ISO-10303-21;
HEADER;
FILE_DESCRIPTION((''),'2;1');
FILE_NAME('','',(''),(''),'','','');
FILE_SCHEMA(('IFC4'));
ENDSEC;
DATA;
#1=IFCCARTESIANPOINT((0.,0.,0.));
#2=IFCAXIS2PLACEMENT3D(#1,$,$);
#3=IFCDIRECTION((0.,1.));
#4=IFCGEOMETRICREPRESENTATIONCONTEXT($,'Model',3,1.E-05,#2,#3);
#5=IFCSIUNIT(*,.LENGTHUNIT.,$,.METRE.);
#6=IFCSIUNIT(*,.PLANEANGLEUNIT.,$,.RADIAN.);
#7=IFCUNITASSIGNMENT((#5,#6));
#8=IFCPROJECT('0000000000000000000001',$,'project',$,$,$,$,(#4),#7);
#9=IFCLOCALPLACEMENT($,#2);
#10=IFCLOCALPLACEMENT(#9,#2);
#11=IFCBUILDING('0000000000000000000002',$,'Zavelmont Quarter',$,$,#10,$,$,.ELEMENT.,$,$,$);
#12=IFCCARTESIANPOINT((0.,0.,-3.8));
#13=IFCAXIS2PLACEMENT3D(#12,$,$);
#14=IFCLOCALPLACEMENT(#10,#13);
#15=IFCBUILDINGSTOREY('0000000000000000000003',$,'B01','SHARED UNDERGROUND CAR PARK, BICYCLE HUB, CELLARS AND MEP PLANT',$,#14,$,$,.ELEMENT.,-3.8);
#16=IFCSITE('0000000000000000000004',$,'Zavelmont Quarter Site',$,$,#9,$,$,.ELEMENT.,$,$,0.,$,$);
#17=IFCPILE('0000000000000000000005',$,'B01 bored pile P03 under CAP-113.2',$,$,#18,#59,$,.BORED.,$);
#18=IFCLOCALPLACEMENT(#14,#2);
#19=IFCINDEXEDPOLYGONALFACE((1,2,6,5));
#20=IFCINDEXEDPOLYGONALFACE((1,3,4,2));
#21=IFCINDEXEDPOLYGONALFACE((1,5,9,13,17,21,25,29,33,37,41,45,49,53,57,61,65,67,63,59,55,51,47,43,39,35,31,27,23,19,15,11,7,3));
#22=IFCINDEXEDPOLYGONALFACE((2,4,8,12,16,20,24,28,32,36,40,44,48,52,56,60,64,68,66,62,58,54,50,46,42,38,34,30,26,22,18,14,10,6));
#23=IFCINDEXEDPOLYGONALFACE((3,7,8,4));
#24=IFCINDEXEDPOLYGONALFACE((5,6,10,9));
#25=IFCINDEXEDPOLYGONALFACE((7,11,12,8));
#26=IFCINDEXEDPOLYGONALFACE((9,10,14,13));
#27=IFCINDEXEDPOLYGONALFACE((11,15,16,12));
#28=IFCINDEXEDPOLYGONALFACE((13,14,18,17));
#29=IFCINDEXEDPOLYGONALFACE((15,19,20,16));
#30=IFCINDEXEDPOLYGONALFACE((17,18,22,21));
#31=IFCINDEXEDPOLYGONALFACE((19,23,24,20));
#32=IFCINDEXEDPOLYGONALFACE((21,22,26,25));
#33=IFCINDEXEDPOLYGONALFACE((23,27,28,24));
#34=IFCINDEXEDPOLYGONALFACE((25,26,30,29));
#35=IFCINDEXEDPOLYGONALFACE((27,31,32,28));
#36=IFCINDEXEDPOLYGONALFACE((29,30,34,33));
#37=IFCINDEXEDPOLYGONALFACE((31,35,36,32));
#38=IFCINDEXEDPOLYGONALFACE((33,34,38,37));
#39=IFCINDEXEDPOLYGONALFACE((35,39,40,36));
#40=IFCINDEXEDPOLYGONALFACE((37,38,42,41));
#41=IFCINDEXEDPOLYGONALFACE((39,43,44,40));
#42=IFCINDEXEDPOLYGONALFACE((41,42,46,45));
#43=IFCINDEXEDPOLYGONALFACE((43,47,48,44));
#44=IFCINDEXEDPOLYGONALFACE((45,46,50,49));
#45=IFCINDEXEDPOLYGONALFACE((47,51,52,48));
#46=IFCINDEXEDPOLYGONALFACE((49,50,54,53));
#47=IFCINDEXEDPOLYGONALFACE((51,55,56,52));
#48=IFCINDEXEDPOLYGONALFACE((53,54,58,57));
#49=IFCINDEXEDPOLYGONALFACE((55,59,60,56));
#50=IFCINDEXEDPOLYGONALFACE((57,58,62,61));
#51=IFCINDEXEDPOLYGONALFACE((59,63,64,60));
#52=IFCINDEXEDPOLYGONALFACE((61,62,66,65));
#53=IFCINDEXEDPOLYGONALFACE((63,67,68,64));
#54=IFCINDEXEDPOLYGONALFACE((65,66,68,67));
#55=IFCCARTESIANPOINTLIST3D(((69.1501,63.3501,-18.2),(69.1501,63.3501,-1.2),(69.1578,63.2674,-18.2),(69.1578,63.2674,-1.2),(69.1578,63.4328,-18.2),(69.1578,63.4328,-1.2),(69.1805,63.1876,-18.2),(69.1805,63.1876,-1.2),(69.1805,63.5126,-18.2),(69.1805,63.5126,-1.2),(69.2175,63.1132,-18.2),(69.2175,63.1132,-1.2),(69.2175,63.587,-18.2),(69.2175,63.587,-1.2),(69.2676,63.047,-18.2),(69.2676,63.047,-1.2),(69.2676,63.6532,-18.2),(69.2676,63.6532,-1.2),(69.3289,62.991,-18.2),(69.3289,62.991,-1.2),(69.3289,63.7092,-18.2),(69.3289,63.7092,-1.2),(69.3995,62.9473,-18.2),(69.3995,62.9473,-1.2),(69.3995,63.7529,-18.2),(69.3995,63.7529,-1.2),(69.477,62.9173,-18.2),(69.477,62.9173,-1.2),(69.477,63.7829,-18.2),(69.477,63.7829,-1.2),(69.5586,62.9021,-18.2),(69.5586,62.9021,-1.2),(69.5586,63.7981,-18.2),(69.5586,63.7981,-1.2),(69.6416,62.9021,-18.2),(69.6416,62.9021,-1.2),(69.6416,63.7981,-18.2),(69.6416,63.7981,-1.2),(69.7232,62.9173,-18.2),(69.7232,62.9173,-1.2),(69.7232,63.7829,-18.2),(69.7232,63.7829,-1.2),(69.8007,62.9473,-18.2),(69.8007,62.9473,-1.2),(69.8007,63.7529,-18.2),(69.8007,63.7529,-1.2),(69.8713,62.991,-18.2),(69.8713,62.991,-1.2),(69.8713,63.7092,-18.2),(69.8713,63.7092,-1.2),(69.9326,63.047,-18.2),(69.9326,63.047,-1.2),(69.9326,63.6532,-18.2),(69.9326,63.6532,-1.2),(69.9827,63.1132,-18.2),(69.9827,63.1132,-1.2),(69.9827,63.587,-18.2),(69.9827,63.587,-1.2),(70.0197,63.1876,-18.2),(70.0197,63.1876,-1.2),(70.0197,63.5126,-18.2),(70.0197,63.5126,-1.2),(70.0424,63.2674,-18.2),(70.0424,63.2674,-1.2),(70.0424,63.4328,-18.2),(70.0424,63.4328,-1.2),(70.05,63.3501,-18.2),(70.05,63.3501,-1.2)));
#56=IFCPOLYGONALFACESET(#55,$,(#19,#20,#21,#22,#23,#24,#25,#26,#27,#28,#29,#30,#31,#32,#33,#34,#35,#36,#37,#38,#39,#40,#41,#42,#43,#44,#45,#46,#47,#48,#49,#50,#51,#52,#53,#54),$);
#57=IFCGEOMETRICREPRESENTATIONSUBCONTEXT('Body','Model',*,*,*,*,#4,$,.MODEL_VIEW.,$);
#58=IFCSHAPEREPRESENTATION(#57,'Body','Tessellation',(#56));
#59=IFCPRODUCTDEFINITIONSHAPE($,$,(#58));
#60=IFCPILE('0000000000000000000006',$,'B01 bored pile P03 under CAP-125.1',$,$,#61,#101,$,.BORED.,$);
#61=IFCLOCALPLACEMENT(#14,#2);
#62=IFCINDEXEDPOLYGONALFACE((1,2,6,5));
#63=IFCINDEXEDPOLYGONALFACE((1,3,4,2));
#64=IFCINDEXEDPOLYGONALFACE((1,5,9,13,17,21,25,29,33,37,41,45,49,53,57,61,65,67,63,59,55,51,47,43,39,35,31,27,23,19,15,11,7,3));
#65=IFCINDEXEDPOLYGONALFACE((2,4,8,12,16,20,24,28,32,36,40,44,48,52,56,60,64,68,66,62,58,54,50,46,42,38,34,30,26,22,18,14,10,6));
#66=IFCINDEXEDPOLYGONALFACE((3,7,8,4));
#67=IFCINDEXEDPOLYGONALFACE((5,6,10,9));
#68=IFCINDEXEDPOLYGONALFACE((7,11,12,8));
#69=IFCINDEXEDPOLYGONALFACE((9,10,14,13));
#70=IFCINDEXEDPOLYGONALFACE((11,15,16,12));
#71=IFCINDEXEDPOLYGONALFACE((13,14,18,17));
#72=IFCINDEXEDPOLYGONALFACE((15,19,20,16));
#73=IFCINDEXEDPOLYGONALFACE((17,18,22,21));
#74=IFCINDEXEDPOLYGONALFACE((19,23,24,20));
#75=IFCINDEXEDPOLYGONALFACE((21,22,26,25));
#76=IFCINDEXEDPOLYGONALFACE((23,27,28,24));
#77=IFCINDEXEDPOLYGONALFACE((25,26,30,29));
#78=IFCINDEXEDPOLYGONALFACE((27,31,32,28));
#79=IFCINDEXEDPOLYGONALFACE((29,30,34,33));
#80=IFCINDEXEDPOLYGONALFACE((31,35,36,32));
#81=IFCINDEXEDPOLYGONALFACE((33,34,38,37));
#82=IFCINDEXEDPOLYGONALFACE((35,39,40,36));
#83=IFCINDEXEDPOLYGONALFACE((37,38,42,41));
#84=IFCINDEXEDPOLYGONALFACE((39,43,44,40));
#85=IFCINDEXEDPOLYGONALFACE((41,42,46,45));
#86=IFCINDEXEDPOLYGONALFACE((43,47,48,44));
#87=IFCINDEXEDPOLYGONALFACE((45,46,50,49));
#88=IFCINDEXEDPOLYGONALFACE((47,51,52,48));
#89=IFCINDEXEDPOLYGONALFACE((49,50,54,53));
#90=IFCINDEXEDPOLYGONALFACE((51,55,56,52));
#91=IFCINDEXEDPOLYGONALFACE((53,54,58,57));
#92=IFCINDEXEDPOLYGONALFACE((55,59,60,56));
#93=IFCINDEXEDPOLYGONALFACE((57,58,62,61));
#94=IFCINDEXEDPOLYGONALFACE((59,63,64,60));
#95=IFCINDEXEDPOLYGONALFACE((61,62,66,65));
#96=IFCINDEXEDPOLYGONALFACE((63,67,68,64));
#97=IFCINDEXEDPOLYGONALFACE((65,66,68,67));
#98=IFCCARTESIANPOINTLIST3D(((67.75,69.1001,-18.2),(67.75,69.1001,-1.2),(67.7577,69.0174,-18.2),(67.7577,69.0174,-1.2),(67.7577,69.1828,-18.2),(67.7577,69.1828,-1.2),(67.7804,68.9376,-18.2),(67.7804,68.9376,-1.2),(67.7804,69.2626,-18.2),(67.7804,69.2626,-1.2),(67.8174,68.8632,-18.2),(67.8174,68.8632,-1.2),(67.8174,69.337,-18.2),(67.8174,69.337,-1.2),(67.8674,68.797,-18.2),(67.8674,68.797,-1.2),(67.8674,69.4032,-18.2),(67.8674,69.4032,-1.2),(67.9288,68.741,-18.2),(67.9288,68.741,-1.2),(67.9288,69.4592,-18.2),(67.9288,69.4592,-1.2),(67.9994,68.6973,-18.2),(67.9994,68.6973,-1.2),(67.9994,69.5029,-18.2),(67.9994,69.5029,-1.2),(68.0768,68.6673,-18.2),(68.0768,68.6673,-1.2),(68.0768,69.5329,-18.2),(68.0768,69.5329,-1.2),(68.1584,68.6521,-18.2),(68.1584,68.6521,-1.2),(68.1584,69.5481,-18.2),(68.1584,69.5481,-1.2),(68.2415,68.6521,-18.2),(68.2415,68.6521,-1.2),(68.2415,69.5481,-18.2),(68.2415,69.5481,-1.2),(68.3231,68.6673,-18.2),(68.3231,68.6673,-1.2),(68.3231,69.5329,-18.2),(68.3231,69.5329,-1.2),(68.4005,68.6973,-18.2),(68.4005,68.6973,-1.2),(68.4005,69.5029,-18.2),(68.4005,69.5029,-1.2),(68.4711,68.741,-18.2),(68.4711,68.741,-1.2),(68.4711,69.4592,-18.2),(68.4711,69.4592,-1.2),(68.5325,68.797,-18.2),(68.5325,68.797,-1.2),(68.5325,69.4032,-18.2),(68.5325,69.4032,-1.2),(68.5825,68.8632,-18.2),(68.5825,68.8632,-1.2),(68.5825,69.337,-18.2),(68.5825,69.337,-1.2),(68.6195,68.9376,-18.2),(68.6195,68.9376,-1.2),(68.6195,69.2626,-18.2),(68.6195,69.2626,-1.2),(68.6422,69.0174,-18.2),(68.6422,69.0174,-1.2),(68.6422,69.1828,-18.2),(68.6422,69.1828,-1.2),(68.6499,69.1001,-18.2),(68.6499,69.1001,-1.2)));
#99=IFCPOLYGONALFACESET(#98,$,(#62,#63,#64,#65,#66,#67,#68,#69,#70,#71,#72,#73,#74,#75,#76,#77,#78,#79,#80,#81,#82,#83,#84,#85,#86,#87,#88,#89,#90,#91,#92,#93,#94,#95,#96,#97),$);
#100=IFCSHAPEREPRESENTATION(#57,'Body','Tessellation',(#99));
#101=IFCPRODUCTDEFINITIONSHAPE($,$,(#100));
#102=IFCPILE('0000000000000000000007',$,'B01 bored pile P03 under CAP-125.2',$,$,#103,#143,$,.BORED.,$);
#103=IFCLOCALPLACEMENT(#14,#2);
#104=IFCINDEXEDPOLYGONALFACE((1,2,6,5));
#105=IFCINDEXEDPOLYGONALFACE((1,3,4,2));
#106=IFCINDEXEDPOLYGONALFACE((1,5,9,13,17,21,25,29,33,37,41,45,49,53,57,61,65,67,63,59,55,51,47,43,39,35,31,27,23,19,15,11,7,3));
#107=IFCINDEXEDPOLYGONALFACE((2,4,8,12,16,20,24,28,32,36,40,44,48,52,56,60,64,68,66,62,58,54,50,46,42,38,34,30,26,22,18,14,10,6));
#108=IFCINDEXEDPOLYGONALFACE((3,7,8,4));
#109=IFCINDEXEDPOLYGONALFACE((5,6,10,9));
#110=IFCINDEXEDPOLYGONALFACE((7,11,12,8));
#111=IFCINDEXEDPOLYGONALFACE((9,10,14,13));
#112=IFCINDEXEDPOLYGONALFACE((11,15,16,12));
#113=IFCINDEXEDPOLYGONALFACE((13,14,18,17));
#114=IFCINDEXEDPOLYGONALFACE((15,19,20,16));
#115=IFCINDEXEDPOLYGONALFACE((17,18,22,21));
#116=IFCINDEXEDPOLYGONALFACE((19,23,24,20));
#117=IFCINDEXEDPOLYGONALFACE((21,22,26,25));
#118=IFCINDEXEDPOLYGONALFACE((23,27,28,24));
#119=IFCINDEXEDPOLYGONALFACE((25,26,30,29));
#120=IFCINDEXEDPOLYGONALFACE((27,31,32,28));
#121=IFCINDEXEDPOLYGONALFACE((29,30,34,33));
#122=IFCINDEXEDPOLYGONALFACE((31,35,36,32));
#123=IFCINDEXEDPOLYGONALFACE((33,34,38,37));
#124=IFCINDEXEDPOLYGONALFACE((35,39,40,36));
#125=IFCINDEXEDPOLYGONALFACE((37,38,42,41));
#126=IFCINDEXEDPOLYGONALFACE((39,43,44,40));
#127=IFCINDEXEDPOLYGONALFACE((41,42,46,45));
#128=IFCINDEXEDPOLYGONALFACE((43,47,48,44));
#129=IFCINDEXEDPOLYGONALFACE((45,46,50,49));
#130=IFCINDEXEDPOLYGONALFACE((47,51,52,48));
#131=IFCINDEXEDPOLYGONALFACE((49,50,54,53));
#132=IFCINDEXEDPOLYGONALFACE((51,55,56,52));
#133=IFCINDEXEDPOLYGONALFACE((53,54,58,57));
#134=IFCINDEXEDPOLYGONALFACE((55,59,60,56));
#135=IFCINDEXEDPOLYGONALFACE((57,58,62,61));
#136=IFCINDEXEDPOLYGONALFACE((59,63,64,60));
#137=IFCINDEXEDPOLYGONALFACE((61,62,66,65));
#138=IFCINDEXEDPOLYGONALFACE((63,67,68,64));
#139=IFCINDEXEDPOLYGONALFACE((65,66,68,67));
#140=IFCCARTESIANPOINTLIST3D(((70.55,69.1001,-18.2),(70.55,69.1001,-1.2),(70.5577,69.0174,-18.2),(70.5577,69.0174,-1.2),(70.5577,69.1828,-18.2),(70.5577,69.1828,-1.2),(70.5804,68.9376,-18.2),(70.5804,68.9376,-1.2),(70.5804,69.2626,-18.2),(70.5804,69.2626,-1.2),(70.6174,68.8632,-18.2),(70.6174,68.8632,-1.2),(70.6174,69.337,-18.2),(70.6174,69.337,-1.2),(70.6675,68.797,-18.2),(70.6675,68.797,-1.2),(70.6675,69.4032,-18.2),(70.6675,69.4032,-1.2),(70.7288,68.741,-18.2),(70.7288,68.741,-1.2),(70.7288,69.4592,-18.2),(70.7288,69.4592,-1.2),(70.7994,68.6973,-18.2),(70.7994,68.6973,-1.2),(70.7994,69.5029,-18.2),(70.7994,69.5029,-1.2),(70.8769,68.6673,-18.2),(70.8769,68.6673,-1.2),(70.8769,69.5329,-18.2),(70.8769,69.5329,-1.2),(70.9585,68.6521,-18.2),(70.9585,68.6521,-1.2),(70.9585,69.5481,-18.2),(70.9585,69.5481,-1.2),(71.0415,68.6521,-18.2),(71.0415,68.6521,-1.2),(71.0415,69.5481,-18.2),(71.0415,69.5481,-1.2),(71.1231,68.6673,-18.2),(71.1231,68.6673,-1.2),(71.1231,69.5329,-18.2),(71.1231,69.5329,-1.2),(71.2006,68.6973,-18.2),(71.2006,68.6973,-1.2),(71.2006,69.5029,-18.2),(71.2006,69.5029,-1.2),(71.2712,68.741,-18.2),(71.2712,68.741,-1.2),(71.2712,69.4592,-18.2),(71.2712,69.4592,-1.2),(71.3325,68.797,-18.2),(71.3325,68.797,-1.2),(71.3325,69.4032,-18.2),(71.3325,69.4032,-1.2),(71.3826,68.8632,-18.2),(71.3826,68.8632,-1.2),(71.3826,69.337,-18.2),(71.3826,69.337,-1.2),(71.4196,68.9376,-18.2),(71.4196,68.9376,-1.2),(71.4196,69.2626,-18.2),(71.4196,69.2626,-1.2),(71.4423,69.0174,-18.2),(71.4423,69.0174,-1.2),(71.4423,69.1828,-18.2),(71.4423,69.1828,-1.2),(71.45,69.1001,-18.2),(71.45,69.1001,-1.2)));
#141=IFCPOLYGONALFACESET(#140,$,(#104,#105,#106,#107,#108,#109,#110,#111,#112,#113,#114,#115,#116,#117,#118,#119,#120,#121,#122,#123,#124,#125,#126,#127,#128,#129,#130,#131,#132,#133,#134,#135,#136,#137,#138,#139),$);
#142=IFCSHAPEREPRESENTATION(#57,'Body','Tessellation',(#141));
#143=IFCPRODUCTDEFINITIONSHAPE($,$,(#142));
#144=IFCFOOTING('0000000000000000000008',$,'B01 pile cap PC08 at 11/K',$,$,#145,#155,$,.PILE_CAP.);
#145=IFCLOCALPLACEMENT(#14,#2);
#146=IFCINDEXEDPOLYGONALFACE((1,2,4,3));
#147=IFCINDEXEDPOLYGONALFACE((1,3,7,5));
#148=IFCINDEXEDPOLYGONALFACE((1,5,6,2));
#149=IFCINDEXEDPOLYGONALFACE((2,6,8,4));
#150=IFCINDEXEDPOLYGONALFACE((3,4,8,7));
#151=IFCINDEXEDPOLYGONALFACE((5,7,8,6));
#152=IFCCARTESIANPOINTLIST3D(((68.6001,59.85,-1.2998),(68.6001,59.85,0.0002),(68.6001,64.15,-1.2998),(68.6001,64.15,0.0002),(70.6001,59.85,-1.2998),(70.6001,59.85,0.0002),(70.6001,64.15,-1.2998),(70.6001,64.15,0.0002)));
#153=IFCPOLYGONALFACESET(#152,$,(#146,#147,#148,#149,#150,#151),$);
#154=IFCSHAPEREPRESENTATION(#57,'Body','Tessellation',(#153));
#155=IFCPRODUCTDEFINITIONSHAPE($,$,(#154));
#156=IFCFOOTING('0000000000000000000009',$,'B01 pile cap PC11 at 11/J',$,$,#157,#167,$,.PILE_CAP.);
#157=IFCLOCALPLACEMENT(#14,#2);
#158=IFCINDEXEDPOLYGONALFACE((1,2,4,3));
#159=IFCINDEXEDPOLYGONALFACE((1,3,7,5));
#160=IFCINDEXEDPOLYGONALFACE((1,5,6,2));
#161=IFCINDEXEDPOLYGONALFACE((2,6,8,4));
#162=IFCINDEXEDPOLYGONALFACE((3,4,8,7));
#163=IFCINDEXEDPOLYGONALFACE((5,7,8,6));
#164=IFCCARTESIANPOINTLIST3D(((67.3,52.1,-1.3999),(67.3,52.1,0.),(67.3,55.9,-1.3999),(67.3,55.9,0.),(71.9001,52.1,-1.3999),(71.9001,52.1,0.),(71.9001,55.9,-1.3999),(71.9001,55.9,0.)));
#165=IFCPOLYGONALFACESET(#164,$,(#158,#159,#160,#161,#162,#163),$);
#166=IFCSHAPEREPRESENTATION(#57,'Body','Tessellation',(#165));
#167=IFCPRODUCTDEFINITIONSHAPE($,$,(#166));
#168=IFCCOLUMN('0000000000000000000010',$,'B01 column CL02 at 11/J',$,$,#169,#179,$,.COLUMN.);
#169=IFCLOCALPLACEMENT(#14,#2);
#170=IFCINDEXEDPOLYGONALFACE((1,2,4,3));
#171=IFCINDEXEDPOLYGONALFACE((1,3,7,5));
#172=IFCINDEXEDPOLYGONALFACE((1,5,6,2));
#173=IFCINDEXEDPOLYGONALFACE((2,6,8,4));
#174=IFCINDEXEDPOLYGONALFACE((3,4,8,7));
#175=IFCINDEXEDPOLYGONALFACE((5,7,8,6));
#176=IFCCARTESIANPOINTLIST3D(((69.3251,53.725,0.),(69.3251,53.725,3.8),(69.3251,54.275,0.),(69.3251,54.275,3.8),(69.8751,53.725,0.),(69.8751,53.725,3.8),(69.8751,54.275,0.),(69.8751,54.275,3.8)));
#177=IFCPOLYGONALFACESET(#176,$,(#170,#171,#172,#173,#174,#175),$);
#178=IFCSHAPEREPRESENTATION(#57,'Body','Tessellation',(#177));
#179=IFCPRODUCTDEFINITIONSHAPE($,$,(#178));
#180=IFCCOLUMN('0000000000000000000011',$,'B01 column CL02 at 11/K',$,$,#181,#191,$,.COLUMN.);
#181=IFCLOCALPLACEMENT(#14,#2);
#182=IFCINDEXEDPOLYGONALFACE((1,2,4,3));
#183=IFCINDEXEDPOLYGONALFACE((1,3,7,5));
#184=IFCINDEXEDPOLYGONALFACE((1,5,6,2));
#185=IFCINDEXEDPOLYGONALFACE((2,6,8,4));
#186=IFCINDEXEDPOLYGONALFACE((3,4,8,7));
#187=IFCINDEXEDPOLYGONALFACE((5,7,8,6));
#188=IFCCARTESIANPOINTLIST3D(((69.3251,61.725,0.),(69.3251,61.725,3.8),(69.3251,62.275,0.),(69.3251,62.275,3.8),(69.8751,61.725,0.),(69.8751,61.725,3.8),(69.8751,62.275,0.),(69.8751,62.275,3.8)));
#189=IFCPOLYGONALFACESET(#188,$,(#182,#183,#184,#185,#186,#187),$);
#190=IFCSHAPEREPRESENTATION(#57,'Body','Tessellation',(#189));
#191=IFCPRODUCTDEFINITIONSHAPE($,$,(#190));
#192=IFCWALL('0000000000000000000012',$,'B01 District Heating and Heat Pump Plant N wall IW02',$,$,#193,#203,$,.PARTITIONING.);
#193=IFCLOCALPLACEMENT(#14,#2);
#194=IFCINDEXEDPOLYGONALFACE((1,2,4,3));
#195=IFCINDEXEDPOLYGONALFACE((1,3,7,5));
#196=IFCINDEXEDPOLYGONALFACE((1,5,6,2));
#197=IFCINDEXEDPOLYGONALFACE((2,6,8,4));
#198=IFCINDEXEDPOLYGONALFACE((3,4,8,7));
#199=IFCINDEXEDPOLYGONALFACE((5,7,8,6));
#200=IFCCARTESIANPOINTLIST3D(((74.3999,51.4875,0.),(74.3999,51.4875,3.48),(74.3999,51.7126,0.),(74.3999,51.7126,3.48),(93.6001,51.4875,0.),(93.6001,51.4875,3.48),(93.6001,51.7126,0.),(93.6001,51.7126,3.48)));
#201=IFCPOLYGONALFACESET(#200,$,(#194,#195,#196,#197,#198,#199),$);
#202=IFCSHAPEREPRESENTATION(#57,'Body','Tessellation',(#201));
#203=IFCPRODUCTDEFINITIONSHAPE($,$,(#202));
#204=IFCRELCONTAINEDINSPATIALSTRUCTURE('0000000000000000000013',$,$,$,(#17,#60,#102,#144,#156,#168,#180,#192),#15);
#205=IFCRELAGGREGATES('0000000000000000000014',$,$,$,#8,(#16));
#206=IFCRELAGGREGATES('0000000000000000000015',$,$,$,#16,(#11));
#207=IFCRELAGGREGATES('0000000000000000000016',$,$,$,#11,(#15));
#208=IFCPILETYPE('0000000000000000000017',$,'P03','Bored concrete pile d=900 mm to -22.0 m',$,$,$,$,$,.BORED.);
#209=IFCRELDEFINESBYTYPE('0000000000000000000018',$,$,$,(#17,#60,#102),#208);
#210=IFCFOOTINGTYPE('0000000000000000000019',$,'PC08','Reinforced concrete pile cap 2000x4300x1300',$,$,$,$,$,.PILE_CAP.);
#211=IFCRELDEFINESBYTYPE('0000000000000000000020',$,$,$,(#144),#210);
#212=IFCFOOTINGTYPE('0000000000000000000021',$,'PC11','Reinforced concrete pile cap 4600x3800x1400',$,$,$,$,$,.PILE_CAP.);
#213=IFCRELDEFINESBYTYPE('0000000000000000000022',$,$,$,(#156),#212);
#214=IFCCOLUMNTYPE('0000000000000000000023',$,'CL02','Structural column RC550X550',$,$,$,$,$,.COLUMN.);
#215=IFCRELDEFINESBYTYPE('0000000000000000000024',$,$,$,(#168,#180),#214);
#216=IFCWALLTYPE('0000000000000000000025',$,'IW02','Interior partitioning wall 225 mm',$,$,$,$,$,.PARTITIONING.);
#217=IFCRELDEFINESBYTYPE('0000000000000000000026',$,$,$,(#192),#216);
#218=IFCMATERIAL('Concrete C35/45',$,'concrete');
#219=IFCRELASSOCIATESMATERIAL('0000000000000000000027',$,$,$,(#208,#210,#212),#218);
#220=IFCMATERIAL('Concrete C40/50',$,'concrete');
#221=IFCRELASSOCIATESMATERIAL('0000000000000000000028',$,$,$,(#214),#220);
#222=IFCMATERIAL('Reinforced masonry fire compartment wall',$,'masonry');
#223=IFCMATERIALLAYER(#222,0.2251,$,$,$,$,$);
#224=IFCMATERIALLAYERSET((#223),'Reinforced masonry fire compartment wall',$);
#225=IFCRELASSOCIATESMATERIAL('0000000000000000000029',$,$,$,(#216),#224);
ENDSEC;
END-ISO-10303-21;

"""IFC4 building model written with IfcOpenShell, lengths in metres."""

from ifc_helpers import new_model, si_unit, direction, frame, frame_2d, origin, origin_2d, place, context, subcontext, project, spatial, rectangle, circle, extrude, material, layer, layer_set, material_profile, profile_set, type_object, element, save


model = new_model("IFC4")

# Units and contexts
model_context = context("Model", 3, precision=1e-05, world=origin(), true_north=direction((0.0, 1.0)))
body_context = subcontext(model_context, "Body", "Model", "MODEL_VIEW")
ifc_project = project(units=[si_unit("LENGTHUNIT", "METRE"), si_unit("PLANEANGLEUNIT", "RADIAN")], contexts=[model_context])

# Site, building, storey
site_placement = place(None, origin())
site = spatial("IfcSite", under=ifc_project, at=site_placement, Name="Zavelmont Quarter Site", CompositionType="ELEMENT", RefElevation=0.0)
building_placement = place(site_placement, origin())
building = spatial("IfcBuilding", under=site, at=building_placement, Name="Zavelmont Quarter", CompositionType="ELEMENT")
storey_placement = place(building_placement, frame((0.0, 0.0, -3.8)))
storey = spatial("IfcBuildingStorey", under=building, at=storey_placement, Name="B01", Description="SHARED UNDERGROUND CAR PARK, BICYCLE HUB, CELLARS AND MEP PLANT", CompositionType="ELEMENT", Elevation=-3.8)

# Shared definitions
ifc_material_1 = material(Name="Concrete C35/45", Category="concrete")

# Piles
ifc_material_profile_1 = material_profile(ifc_material_1, circle(Radius=0.45, at=origin_2d()), Name="BP900")
ifc_profile_set_1 = profile_set([ifc_material_profile_1], Name="Concrete C35/45")
pile_type_1 = type_object("IfcPileType", Name="P03", Description="Bored concrete pile d=900 mm to -22.0 m", PredefinedType="BORED", material=ifc_profile_set_1)
for number, where, z_axis, x_axis, name in (
    (1, (69.6001, 63.3501, -1.2), (0.0, 0.0, -1.0), (1.0, 0.0, 0.0), "B01 bored pile P03 under CAP-113.2"),
    (2, (68.2, 69.1001, -1.2), (0.0, 0.0, -1.0), (1.0, 0.0, 0.0), "B01 bored pile P03 under CAP-125.1"),
    (3, (71.0, 69.1001, -1.2), (0.0, 0.0, -1.0), (1.0, 0.0, 0.0), "B01 bored pile P03 under CAP-125.2"),
):
    element("IfcPile", number, at=place(storey_placement, frame(where, z_axis=z_axis, x_axis=x_axis)), inside=storey, type_object=pile_type_1, Name=name, PredefinedType="BORED", context=body_context, shape_type="SweptSolid", body=[
        extrude(circle(Radius=0.45, at=origin_2d()), origin(), (0.0, 0.0, 1.0), 17.0),
    ])

# Footings
footing_type_1 = type_object("IfcFootingType", Name="PC08", Description="Reinforced concrete pile cap 2000x4300x1300", PredefinedType="PILE_CAP", material=ifc_material_1)
footing_1_placement = place(storey_placement, frame((69.6001, 62.0, -1.2998), z_axis=(0.0, 0.0, 1.0), x_axis=(1.0, 0.0, 0.0)))
element("IfcFooting", 4, at=footing_1_placement, inside=storey, type_object=footing_type_1, Name="B01 pile cap PC08 at 11/K", PredefinedType="PILE_CAP", context=body_context, shape_type="SweptSolid", body=[
    extrude(rectangle(XDim=2.0, YDim=4.3, at=origin_2d()), origin(), (0.0, 0.0, 1.0), 1.3),
])
footing_type_2 = type_object("IfcFootingType", Name="PC11", Description="Reinforced concrete pile cap 4600x3800x1400", PredefinedType="PILE_CAP", material=ifc_material_1)
footing_2_placement = place(storey_placement, frame((69.6001, 54.0, -1.3999), z_axis=(0.0, 0.0, 1.0), x_axis=(1.0, 0.0, 0.0)))
element("IfcFooting", 5, at=footing_2_placement, inside=storey, type_object=footing_type_2, Name="B01 pile cap PC11 at 11/J", PredefinedType="PILE_CAP", context=body_context, shape_type="SweptSolid", body=[
    extrude(rectangle(XDim=4.6001, YDim=3.8, at=origin_2d()), origin(), (0.0, 0.0, 1.0), 1.3999),
])

# Columns
ifc_material_2 = material(Name="Concrete C40/50", Category="concrete")
ifc_material_profile_2 = material_profile(ifc_material_2, rectangle(XDim=0.55, YDim=0.55, at=origin_2d()), Name="RC550X550")
ifc_profile_set_2 = profile_set([ifc_material_profile_2], Name="Concrete C40/50")
column_type = type_object("IfcColumnType", Name="CL02", Description="Structural column RC550X550", PredefinedType="COLUMN", material=ifc_profile_set_2)
for number, where, z_axis, x_axis, name in (
    (6, (69.6001, 54.0, 0.0), (0.0, 0.0, 1.0), (1.0, 0.0, 0.0), "B01 column CL02 at 11/J"),
    (7, (69.6001, 62.0, 0.0), (0.0, 0.0, 1.0), (1.0, 0.0, 0.0), "B01 column CL02 at 11/K"),
):
    element("IfcColumn", number, at=place(storey_placement, frame(where, z_axis=z_axis, x_axis=x_axis)), inside=storey, type_object=column_type, Name=name, PredefinedType="COLUMN", context=body_context, shape_type="SweptSolid", body=[
        extrude(rectangle(XDim=0.55, YDim=0.55, at=origin_2d()), origin(), (0.0, 0.0, 1.0), 3.8),
    ])

# Wall
ifc_material_3 = material(Name="Reinforced masonry fire compartment wall", Category="masonry")
ifc_layer = layer(ifc_material_3, 0.2251)
ifc_layer_set = layer_set([ifc_layer], Name="Reinforced masonry fire compartment wall")
wall_type = type_object("IfcWallType", Name="IW02", Description="Interior partitioning wall 225 mm", PredefinedType="PARTITIONING", material=ifc_layer_set)
for number, where, z_axis, x_axis, name in (
    (8, (74.3999, 51.6001, 0.0), (0.0, 0.0, 1.0), (1.0, 0.0, 0.0), "B01 District Heating and Heat Pump Plant N wall IW02"),
):
    element("IfcWall", number, at=place(storey_placement, frame(where, z_axis=z_axis, x_axis=x_axis)), inside=storey, type_object=wall_type, Name=name, PredefinedType="PARTITIONING", context=body_context, shape_type="SweptSolid", body=[
        extrude(rectangle(XDim=19.2002, YDim=0.2251, at=frame_2d((9.6001, 0.0))), origin(), (0.0, 0.0, 1.0), 3.48),
    ])

save(model, "model.ifc")
